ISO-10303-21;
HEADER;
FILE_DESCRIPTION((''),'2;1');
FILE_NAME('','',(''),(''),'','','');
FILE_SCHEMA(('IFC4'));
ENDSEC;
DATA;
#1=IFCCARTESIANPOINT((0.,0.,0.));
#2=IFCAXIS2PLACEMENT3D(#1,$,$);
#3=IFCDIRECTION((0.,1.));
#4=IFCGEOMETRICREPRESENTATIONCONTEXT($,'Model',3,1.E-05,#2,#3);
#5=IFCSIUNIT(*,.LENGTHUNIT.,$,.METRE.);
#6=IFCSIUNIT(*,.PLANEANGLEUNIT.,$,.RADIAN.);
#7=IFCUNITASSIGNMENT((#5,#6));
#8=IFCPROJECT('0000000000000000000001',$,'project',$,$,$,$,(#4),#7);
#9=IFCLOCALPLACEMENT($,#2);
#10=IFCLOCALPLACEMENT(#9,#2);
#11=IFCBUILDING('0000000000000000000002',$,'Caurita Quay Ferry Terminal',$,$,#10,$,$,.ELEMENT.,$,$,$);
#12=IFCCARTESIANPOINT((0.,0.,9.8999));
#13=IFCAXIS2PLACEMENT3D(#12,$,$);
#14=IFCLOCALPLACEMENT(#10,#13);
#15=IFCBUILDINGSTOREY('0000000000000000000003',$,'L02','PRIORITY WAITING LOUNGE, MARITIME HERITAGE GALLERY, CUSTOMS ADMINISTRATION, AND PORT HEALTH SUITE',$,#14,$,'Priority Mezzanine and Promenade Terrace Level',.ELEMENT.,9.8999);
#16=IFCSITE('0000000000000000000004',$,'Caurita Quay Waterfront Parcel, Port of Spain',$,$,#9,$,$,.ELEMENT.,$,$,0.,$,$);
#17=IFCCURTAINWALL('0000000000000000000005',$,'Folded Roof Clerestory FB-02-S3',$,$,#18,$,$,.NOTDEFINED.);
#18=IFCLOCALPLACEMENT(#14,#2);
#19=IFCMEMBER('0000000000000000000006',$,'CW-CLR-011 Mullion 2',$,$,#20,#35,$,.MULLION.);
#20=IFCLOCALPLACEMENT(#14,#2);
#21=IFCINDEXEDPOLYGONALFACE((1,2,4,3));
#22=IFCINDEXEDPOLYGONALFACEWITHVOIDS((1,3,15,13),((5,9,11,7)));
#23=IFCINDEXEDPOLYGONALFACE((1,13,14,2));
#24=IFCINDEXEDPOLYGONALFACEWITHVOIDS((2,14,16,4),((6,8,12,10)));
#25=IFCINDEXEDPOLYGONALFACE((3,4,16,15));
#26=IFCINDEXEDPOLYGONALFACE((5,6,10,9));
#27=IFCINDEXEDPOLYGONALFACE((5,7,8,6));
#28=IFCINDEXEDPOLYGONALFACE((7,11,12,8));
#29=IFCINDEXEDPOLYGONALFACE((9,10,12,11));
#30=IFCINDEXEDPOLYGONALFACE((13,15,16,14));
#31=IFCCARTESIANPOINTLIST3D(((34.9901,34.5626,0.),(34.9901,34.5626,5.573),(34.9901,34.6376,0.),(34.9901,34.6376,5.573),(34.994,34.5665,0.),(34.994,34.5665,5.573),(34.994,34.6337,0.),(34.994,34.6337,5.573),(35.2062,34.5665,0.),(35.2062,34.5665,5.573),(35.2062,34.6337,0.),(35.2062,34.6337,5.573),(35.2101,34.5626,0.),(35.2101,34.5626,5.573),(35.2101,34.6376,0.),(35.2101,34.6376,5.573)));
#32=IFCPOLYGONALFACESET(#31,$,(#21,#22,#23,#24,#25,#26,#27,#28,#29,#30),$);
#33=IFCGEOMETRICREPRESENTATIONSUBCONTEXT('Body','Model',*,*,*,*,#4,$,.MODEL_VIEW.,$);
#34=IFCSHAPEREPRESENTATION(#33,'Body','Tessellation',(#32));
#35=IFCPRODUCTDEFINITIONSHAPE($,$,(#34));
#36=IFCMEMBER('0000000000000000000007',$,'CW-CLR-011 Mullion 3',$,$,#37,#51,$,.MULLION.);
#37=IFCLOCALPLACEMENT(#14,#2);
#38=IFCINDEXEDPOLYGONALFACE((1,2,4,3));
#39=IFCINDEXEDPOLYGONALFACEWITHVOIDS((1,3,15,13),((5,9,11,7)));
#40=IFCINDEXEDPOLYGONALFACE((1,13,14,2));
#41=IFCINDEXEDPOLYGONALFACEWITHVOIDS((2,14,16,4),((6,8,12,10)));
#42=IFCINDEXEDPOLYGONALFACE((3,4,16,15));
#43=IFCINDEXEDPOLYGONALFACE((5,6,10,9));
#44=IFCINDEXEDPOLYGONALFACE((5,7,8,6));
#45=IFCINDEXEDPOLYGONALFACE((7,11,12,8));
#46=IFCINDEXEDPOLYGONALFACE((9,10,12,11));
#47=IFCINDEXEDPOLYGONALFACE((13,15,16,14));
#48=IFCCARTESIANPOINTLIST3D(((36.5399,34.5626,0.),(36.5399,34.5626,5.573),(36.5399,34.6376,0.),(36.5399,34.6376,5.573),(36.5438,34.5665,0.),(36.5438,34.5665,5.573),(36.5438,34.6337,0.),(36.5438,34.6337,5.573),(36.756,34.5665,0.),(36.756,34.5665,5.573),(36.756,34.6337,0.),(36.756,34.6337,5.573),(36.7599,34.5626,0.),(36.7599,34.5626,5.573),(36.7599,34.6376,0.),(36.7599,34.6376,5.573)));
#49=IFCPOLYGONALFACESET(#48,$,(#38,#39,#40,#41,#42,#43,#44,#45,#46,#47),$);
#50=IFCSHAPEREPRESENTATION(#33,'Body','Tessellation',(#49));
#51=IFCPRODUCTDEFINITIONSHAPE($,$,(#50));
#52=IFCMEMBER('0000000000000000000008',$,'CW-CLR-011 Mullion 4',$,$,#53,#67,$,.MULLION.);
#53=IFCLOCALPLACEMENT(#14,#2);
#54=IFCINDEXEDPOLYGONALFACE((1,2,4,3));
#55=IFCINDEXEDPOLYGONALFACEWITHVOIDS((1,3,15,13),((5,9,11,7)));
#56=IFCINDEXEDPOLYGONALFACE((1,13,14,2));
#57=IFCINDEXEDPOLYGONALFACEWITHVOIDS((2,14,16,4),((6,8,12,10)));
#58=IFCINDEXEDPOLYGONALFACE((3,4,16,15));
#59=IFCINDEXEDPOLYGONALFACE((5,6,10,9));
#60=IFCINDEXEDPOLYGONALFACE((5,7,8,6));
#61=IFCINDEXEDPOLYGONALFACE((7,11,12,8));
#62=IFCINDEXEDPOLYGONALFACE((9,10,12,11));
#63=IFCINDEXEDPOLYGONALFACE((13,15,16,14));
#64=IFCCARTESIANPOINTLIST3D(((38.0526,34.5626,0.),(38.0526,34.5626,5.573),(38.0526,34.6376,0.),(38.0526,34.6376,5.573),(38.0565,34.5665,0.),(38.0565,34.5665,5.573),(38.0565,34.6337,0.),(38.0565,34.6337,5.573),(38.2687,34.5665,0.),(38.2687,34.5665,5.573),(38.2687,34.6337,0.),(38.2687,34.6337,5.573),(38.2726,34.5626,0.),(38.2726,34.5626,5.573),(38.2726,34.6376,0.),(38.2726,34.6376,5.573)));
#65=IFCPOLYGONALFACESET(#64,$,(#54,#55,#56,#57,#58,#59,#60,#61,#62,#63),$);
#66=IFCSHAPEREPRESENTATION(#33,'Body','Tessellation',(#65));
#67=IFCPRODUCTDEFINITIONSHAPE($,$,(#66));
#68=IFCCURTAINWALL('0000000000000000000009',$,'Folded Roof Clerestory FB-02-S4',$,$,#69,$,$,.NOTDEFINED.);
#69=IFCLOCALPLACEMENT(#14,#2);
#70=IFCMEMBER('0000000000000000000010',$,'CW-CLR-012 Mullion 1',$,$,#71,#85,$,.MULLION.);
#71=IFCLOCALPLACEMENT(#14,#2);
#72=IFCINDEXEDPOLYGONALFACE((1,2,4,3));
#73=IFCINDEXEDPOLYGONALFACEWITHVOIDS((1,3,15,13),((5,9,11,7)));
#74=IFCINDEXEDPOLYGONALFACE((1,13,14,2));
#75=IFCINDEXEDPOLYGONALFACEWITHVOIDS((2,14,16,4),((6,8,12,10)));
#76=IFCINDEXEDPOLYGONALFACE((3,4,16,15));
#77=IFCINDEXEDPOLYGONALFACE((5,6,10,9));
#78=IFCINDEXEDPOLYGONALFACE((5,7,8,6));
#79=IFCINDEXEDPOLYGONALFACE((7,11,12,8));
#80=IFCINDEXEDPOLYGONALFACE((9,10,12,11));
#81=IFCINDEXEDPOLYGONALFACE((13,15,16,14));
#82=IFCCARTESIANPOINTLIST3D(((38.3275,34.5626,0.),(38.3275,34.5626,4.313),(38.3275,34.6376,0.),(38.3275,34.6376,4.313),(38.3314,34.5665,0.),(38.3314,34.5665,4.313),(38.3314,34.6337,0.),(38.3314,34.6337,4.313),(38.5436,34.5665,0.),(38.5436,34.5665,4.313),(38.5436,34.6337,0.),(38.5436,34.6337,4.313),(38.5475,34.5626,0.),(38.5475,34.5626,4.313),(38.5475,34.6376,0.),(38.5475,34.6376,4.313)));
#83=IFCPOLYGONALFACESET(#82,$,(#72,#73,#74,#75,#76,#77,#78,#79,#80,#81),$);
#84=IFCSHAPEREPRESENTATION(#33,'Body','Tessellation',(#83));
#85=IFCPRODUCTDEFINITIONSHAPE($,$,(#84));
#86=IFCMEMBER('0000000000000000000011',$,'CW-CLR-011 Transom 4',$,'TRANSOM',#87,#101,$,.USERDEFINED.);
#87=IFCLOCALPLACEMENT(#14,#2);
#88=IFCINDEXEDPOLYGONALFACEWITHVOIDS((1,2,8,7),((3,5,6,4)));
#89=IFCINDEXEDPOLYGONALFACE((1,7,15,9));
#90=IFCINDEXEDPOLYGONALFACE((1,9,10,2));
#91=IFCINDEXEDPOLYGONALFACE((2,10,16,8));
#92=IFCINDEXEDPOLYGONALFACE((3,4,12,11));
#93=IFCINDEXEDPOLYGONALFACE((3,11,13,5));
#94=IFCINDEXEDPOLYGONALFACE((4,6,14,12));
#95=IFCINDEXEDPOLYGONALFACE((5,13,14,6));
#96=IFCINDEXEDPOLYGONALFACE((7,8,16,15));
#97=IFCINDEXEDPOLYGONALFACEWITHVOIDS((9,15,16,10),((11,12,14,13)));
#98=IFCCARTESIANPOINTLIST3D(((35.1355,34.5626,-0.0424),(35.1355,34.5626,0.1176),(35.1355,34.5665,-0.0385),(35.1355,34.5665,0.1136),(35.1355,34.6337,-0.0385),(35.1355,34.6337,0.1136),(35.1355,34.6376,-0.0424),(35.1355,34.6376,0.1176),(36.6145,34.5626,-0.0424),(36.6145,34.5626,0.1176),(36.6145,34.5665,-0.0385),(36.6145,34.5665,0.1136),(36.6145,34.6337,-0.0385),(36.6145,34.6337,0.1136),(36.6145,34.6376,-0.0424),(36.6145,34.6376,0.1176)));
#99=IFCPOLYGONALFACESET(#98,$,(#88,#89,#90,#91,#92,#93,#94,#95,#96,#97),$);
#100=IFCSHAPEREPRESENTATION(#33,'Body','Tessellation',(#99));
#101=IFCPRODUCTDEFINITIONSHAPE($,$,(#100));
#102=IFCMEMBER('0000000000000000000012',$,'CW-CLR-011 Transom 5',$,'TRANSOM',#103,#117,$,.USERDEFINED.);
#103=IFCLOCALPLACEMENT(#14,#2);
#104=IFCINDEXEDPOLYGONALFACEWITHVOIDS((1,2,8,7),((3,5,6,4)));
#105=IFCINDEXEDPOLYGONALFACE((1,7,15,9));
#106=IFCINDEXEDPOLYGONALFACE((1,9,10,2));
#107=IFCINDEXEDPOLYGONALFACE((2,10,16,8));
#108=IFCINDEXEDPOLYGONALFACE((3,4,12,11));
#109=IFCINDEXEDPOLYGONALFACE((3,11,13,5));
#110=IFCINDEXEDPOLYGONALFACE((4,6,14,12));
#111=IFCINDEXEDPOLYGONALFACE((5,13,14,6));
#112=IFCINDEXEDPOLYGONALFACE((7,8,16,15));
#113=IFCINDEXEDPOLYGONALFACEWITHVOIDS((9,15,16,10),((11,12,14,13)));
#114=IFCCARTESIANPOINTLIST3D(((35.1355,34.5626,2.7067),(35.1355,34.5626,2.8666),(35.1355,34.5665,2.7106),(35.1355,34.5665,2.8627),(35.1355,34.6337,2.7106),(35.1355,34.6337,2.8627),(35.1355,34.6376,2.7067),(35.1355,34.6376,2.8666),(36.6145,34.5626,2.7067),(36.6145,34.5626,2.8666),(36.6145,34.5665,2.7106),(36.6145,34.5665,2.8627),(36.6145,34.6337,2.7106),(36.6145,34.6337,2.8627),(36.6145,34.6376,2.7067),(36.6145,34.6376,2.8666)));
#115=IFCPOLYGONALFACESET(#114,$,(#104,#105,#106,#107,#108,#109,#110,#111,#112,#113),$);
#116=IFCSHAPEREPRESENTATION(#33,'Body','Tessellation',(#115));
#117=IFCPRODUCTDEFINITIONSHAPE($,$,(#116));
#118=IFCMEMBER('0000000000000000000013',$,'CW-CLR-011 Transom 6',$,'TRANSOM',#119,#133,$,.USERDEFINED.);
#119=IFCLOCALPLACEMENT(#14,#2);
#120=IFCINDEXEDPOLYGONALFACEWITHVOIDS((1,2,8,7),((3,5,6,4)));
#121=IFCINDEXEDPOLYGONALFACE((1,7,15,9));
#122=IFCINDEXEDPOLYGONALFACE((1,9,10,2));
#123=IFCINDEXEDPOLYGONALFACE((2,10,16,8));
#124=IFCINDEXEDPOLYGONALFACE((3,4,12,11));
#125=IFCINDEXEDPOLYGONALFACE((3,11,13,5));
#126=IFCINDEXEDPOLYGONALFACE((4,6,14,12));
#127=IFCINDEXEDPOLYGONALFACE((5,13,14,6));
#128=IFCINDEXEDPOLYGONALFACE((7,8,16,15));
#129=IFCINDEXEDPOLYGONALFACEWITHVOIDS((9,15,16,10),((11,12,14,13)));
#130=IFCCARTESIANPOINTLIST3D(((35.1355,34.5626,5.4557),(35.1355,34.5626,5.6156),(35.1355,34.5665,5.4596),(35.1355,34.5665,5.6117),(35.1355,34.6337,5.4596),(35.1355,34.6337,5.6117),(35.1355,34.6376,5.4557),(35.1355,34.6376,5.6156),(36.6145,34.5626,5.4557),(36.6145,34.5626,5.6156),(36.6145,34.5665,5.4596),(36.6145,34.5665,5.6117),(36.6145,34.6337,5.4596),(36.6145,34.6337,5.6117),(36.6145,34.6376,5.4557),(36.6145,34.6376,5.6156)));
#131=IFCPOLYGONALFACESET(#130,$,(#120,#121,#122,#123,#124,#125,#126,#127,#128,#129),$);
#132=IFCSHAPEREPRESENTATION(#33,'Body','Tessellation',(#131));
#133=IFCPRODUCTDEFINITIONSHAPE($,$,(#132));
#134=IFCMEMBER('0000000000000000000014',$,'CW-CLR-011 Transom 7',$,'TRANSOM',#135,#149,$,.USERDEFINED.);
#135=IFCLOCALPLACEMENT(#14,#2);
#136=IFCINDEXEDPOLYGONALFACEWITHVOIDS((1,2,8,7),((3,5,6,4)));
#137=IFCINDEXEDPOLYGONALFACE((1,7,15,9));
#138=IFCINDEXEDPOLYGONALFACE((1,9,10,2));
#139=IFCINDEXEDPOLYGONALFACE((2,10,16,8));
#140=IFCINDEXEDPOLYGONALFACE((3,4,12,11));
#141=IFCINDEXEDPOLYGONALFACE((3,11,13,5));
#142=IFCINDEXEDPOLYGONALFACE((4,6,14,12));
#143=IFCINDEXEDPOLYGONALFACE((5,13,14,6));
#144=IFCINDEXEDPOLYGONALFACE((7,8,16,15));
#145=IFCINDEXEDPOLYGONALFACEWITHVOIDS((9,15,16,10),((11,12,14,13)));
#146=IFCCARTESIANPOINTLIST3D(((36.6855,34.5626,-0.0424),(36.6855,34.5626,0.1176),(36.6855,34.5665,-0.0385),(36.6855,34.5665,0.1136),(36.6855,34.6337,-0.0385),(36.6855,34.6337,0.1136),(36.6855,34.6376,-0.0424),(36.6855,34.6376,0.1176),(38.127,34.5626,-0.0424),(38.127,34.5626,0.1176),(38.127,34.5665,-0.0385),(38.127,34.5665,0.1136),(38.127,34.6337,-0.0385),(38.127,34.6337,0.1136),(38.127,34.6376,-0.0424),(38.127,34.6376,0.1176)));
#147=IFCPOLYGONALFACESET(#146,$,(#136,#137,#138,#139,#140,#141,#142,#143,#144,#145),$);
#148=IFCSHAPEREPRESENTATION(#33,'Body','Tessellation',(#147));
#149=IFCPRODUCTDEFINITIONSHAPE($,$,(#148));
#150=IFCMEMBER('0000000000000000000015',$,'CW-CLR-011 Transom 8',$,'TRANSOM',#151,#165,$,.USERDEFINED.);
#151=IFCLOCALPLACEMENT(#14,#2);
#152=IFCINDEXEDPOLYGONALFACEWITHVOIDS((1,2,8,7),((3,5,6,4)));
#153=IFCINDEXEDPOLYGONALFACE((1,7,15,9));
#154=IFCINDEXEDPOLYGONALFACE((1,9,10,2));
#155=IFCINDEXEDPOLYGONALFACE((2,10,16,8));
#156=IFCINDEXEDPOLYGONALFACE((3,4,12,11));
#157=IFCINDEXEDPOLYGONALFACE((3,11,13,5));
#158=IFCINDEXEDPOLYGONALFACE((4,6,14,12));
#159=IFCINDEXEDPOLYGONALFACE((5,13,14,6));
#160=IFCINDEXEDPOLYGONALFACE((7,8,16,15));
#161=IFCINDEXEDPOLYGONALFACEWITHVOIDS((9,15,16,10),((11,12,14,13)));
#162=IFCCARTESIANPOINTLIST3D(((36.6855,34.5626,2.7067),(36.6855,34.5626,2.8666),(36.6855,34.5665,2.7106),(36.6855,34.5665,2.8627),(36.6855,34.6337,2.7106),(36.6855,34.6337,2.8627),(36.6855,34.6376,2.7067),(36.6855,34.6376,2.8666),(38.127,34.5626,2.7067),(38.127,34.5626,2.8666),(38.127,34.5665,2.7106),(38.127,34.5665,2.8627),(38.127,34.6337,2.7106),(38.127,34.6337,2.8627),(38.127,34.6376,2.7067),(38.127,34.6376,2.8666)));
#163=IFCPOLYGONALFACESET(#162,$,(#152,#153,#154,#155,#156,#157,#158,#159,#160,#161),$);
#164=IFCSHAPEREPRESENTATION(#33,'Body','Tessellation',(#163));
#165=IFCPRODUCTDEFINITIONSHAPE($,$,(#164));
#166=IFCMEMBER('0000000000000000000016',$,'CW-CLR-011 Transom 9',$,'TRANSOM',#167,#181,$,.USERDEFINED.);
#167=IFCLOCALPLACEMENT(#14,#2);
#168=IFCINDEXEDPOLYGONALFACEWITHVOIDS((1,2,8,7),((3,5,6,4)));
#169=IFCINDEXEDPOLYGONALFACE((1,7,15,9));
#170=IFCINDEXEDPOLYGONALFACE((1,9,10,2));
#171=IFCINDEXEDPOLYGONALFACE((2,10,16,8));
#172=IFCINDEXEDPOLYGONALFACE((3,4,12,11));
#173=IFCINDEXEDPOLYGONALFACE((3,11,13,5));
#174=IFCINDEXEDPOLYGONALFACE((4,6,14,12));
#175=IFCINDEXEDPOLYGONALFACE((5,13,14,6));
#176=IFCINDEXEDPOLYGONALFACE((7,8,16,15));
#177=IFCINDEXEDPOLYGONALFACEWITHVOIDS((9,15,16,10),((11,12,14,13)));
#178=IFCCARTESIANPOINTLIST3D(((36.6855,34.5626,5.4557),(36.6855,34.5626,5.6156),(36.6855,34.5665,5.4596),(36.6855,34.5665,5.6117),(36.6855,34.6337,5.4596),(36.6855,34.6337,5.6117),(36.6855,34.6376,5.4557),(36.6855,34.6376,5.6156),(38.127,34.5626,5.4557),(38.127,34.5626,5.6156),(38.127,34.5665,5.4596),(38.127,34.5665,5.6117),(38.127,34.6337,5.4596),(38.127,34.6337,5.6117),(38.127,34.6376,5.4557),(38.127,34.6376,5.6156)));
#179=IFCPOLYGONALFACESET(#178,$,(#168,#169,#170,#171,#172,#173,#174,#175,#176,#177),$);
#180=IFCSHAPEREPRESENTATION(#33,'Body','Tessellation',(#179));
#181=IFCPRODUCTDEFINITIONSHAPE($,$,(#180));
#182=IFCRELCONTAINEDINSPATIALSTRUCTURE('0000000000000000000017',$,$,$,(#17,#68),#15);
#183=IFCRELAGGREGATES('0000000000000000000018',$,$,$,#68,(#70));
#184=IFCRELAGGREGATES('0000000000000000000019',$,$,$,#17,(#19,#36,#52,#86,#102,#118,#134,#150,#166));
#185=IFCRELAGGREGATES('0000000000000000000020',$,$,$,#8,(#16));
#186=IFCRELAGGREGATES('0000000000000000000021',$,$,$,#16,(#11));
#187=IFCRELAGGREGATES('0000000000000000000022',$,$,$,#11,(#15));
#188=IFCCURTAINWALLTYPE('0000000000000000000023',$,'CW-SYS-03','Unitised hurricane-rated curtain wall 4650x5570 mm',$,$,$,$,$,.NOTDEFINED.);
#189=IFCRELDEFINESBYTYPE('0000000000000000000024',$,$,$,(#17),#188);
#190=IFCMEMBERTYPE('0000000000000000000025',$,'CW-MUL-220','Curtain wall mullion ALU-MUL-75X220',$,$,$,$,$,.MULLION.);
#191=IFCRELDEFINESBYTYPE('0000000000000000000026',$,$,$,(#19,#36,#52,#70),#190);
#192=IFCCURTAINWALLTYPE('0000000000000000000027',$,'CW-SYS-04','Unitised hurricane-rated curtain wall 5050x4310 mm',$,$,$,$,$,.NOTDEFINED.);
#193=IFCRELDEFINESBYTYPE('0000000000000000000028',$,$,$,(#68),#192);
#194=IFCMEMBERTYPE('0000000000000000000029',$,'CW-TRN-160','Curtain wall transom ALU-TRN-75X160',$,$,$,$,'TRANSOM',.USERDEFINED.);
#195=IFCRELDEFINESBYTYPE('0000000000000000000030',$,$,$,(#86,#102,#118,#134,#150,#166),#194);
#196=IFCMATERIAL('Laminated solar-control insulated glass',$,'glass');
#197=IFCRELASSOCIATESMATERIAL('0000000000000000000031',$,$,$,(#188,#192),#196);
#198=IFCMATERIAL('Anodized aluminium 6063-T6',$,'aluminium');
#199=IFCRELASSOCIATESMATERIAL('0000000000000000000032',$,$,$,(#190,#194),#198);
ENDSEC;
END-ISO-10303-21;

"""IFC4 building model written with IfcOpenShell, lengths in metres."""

from ifc_helpers import new_model, si_unit, direction, frame, origin, origin_2d, place, context, subcontext, project, spatial, hollow_rectangle, extrude, material, material_profile, profile_set, type_object, element, aggregate, save


model = new_model("IFC4")

# Units and contexts
model_context = context("Model", 3, precision=1e-05, world=origin(), true_north=direction((0.0, 1.0)))
body_context = subcontext(model_context, "Body", "Model", "MODEL_VIEW")
ifc_project = project(units=[si_unit("LENGTHUNIT", "METRE"), si_unit("PLANEANGLEUNIT", "RADIAN")], contexts=[model_context])

# Site, building, storey
site_placement = place(None, origin())
site = spatial("IfcSite", under=ifc_project, at=site_placement, Name="Caurita Quay Waterfront Parcel, Port of Spain", CompositionType="ELEMENT", RefElevation=0.0)
building_placement = place(site_placement, origin())
building = spatial("IfcBuilding", under=site, at=building_placement, Name="Caurita Quay Ferry Terminal", CompositionType="ELEMENT")
storey_placement = place(building_placement, frame((0.0, 0.0, 9.8999)))
storey = spatial("IfcBuildingStorey", under=building, at=storey_placement, Name="L02", Description="PRIORITY WAITING LOUNGE, MARITIME HERITAGE GALLERY, CUSTOMS ADMINISTRATION, AND PORT HEALTH SUITE", LongName="Priority Mezzanine and Promenade Terrace Level", CompositionType="ELEMENT", Elevation=9.8999)

# Curtain wall, members
ifc_material_1 = material(Name="Laminated solar-control insulated glass", Category="glass")
curtain_wall_type_1 = type_object("IfcCurtainWallType", Name="CW-SYS-03", Description="Unitised hurricane-rated curtain wall 4650x5570 mm", PredefinedType="NOTDEFINED", material=ifc_material_1)
curtain_wall_1_placement = place(storey_placement, origin())
curtain_wall_1 = element("IfcCurtainWall", 1, at=curtain_wall_1_placement, inside=storey, type_object=curtain_wall_type_1, Name="Folded Roof Clerestory FB-02-S3", PredefinedType="NOTDEFINED")
ifc_material_2 = material(Name="Anodized aluminium 6063-T6", Category="aluminium")
ifc_material_profile_1 = material_profile(ifc_material_2, hollow_rectangle(XDim=0.075, YDim=0.22, WallThickness=0.0039, at=origin_2d()), Name="ALU-MUL-75X220")
ifc_profile_set_1 = profile_set([ifc_material_profile_1], Name="Anodized aluminium 6063-T6")
member_type_1 = type_object("IfcMemberType", Name="CW-MUL-220", Description="Curtain wall mullion ALU-MUL-75X220", PredefinedType="MULLION", material=ifc_profile_set_1)
member_1_placement = place(storey_placement, frame((35.1001, 34.6001, 0.0), z_axis=(0.0, 0.0, 1.0), x_axis=(0.0, 1.0, 0.0)))
member_1 = element("IfcMember", 2, at=member_1_placement, type_object=member_type_1, Name="CW-CLR-011 Mullion 2", PredefinedType="MULLION", context=body_context, shape_type="SweptSolid", body=[
    extrude(hollow_rectangle(XDim=0.075, YDim=0.22, WallThickness=0.0039, at=origin_2d()), origin(), (0.0, 0.0, 1.0), 5.573),
])
member_2_placement = place(storey_placement, frame((36.6499, 34.6001, 0.0), z_axis=(0.0, 0.0, 1.0), x_axis=(0.0, 1.0, 0.0)))
member_2 = element("IfcMember", 3, at=member_2_placement, type_object=member_type_1, Name="CW-CLR-011 Mullion 3", PredefinedType="MULLION", context=body_context, shape_type="SweptSolid", body=[
    extrude(hollow_rectangle(XDim=0.075, YDim=0.22, WallThickness=0.0039, at=origin_2d()), origin(), (0.0, 0.0, 1.0), 5.573),
])
member_3_placement = place(storey_placement, frame((38.1626, 34.6001, 0.0), z_axis=(0.0, 0.0, 1.0), x_axis=(0.0, 1.0, 0.0)))
member_3 = element("IfcMember", 4, at=member_3_placement, type_object=member_type_1, Name="CW-CLR-011 Mullion 4", PredefinedType="MULLION", context=body_context, shape_type="SweptSolid", body=[
    extrude(hollow_rectangle(XDim=0.075, YDim=0.22, WallThickness=0.0039, at=origin_2d()), origin(), (0.0, 0.0, 1.0), 5.573),
])

# Curtain wall, member
curtain_wall_type_2 = type_object("IfcCurtainWallType", Name="CW-SYS-04", Description="Unitised hurricane-rated curtain wall 5050x4310 mm", PredefinedType="NOTDEFINED", material=ifc_material_1)
curtain_wall_2_placement = place(storey_placement, origin())
curtain_wall_2 = element("IfcCurtainWall", 5, at=curtain_wall_2_placement, inside=storey, type_object=curtain_wall_type_2, Name="Folded Roof Clerestory FB-02-S4", PredefinedType="NOTDEFINED")
member_4_placement = place(storey_placement, frame((38.4375, 34.6001, 0.0), z_axis=(0.0, 0.0, 1.0), x_axis=(0.0, 1.0, 0.0)))
member_4 = element("IfcMember", 6, at=member_4_placement, type_object=member_type_1, Name="CW-CLR-012 Mullion 1", PredefinedType="MULLION", context=body_context, shape_type="SweptSolid", body=[
    extrude(hollow_rectangle(XDim=0.075, YDim=0.22, WallThickness=0.0039, at=origin_2d()), origin(), (0.0, 0.0, 1.0), 4.313),
])
aggregate(curtain_wall_2, [member_4])

# Members
ifc_material_profile_2 = material_profile(ifc_material_2, hollow_rectangle(XDim=0.075, YDim=0.1599, WallThickness=0.0039, at=origin_2d()), Name="ALU-TRN-75X160")
ifc_profile_set_2 = profile_set([ifc_material_profile_2], Name="Anodized aluminium 6063-T6")
member_type_2 = type_object("IfcMemberType", Name="CW-TRN-160", Description="Curtain wall transom ALU-TRN-75X160", ElementType="TRANSOM", PredefinedType="USERDEFINED", material=ifc_profile_set_2)
member_5_placement = place(storey_placement, frame((35.1355, 34.6001, 0.0376), z_axis=(1.0, 0.0, 0.0), x_axis=(0.0, 1.0, 0.0)))
member_5 = element("IfcMember", 7, at=member_5_placement, type_object=member_type_2, Name="CW-CLR-011 Transom 4", ObjectType="TRANSOM", PredefinedType="USERDEFINED", context=body_context, shape_type="SweptSolid", body=[
    extrude(hollow_rectangle(XDim=0.075, YDim=0.1599, WallThickness=0.0039, at=origin_2d()), origin(), (0.0, 0.0, 1.0), 1.479),
])
member_6_placement = place(storey_placement, frame((35.1355, 34.6001, 2.7866), z_axis=(1.0, 0.0, 0.0), x_axis=(0.0, 1.0, 0.0)))
member_6 = element("IfcMember", 8, at=member_6_placement, type_object=member_type_2, Name="CW-CLR-011 Transom 5", ObjectType="TRANSOM", PredefinedType="USERDEFINED", context=body_context, shape_type="SweptSolid", body=[
    extrude(hollow_rectangle(XDim=0.075, YDim=0.1599, WallThickness=0.0039, at=origin_2d()), origin(), (0.0, 0.0, 1.0), 1.479),
])
member_7_placement = place(storey_placement, frame((35.1355, 34.6001, 5.5356), z_axis=(1.0, 0.0, 0.0), x_axis=(0.0, 1.0, 0.0)))
member_7 = element("IfcMember", 9, at=member_7_placement, type_object=member_type_2, Name="CW-CLR-011 Transom 6", ObjectType="TRANSOM", PredefinedType="USERDEFINED", context=body_context, shape_type="SweptSolid", body=[
    extrude(hollow_rectangle(XDim=0.075, YDim=0.1599, WallThickness=0.0039, at=origin_2d()), origin(), (0.0, 0.0, 1.0), 1.479),
])
member_8_placement = place(storey_placement, frame((36.6855, 34.6001, 0.0376), z_axis=(1.0, 0.0, 0.0), x_axis=(0.0, 1.0, 0.0)))
member_8 = element("IfcMember", 10, at=member_8_placement, type_object=member_type_2, Name="CW-CLR-011 Transom 7", ObjectType="TRANSOM", PredefinedType="USERDEFINED", context=body_context, shape_type="SweptSolid", body=[
    extrude(hollow_rectangle(XDim=0.075, YDim=0.1599, WallThickness=0.0039, at=origin_2d()), origin(), (0.0, 0.0, 1.0), 1.4414),
])
member_9_placement = place(storey_placement, frame((36.6855, 34.6001, 2.7866), z_axis=(1.0, 0.0, 0.0), x_axis=(0.0, 1.0, 0.0)))
member_9 = element("IfcMember", 11, at=member_9_placement, type_object=member_type_2, Name="CW-CLR-011 Transom 8", ObjectType="TRANSOM", PredefinedType="USERDEFINED", context=body_context, shape_type="SweptSolid", body=[
    extrude(hollow_rectangle(XDim=0.075, YDim=0.1599, WallThickness=0.0039, at=origin_2d()), origin(), (0.0, 0.0, 1.0), 1.4414),
])
member_10_placement = place(storey_placement, frame((36.6855, 34.6001, 5.5356), z_axis=(1.0, 0.0, 0.0), x_axis=(0.0, 1.0, 0.0)))
member_10 = element("IfcMember", 12, at=member_10_placement, type_object=member_type_2, Name="CW-CLR-011 Transom 9", ObjectType="TRANSOM", PredefinedType="USERDEFINED", context=body_context, shape_type="SweptSolid", body=[
    extrude(hollow_rectangle(XDim=0.075, YDim=0.1599, WallThickness=0.0039, at=origin_2d()), origin(), (0.0, 0.0, 1.0), 1.4414),
])

aggregate(curtain_wall_1, [member_1, member_2, member_3, member_5, member_6, member_7, member_8, member_9, member_10])

save(model, "model.ifc")
